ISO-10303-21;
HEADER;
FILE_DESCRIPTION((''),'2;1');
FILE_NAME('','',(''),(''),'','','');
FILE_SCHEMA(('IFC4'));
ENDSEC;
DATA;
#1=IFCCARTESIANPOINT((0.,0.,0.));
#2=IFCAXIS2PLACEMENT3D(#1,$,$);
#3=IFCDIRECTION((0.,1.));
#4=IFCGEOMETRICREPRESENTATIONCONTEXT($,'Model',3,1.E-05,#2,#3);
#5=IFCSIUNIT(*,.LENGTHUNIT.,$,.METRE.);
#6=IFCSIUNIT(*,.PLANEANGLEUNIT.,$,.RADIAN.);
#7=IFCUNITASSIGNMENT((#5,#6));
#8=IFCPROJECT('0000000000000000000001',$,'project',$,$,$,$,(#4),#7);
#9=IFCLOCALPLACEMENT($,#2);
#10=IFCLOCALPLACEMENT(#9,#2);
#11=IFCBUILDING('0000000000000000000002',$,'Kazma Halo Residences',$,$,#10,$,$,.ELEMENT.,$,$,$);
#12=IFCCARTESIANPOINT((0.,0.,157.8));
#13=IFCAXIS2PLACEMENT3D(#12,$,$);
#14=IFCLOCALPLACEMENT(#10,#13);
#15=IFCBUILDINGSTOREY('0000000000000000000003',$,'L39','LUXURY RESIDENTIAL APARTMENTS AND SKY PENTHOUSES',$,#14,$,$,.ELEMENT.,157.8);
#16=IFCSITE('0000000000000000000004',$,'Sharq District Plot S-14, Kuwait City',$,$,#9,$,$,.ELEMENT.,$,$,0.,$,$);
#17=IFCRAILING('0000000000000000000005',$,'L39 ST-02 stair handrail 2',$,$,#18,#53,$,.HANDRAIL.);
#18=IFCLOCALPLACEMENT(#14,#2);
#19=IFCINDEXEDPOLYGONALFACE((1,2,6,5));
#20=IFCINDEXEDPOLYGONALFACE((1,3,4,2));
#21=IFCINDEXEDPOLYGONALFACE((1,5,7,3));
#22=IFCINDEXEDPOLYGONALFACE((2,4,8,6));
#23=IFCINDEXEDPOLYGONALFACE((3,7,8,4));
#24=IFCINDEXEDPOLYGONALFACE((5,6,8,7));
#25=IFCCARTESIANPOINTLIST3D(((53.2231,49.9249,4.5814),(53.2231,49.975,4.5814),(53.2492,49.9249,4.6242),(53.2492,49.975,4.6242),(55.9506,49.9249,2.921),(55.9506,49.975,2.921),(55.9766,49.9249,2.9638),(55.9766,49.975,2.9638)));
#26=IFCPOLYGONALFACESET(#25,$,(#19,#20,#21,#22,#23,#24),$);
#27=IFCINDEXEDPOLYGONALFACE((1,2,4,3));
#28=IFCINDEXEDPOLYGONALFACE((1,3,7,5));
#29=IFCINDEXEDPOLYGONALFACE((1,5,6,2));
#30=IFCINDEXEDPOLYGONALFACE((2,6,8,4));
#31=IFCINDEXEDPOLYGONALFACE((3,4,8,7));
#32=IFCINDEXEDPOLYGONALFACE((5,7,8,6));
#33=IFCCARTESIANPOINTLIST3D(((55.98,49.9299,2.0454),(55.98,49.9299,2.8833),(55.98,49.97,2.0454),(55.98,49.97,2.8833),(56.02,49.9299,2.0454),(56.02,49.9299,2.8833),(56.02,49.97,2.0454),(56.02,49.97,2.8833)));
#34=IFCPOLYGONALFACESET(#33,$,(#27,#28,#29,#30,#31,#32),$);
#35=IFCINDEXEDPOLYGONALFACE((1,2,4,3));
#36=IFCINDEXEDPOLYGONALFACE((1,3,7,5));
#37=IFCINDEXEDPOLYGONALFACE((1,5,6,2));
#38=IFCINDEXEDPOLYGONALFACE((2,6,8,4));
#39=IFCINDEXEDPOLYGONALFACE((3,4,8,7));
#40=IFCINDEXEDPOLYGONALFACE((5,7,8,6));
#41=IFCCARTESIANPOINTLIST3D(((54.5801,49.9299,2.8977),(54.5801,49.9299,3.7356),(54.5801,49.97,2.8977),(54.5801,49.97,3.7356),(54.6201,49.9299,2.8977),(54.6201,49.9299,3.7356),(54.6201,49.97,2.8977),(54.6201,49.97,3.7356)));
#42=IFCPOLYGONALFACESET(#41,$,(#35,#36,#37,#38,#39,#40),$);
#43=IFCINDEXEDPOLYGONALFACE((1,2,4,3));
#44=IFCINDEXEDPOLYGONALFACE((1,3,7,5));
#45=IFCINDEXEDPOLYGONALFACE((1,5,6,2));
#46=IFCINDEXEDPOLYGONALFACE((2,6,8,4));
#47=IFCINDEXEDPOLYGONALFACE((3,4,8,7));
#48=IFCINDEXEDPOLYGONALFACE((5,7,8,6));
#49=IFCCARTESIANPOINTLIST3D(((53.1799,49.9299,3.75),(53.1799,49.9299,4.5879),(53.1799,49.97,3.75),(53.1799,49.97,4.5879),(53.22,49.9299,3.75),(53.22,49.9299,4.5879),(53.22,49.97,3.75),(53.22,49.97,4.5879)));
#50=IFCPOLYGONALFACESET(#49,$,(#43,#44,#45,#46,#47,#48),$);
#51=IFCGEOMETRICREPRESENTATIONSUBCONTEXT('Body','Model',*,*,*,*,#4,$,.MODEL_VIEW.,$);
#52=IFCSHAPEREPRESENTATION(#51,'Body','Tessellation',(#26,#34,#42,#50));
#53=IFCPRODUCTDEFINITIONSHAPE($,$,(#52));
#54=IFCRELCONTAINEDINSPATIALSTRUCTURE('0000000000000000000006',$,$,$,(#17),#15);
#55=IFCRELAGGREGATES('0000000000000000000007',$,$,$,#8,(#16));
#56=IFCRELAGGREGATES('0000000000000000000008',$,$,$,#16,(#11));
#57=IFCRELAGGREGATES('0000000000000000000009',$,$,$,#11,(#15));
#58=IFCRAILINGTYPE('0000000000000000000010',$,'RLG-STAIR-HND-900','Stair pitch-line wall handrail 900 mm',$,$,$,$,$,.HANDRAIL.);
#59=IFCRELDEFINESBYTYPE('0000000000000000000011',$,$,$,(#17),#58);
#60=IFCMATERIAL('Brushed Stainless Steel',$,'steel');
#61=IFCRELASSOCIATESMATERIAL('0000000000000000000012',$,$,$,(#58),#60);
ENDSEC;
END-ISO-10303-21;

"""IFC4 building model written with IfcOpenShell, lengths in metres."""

from ifc_helpers import new_model, si_unit, direction, frame, origin, origin_2d, place, context, subcontext, project, spatial, rectangle, extrude, material, type_object, element, save


model = new_model("IFC4")

# Units and contexts
model_context = context("Model", 3, precision=1e-05, world=origin(), true_north=direction((0.0, 1.0)))
body_context = subcontext(model_context, "Body", "Model", "MODEL_VIEW")
ifc_project = project(units=[si_unit("LENGTHUNIT", "METRE"), si_unit("PLANEANGLEUNIT", "RADIAN")], contexts=[model_context])

# Site, building, storey
site_placement = place(None, origin())
site = spatial("IfcSite", under=ifc_project, at=site_placement, Name="Sharq District Plot S-14, Kuwait City", CompositionType="ELEMENT", RefElevation=0.0)
building_placement = place(site_placement, origin())
building = spatial("IfcBuilding", under=site, at=building_placement, Name="Kazma Halo Residences", CompositionType="ELEMENT")
storey_placement = place(building_placement, frame((0.0, 0.0, 157.8)))
storey = spatial("IfcBuildingStorey", under=building, at=storey_placement, Name="L39", Description="LUXURY RESIDENTIAL APARTMENTS AND SKY PENTHOUSES", CompositionType="ELEMENT", Elevation=157.8)

# Railing
ifc_material_1 = material(Name="Brushed Stainless Steel", Category="steel")
railing_type_1 = type_object("IfcRailingType", Name="RLG-STAIR-HND-900", Description="Stair pitch-line wall handrail 900 mm", PredefinedType="HANDRAIL", material=ifc_material_1)
railing_1_placement = place(storey_placement, frame((56.0, 49.95, 2.0454)))
element("IfcRailing", 1, at=railing_1_placement, inside=storey, type_object=railing_type_1, Name="L39 ST-02 stair handrail 2", PredefinedType="HANDRAIL", context=body_context, shape_type="SweptSolid", body=[
    extrude(rectangle(XDim=0.05, YDim=0.05, at=origin_2d()), frame((-0.0364, 0.0, 0.897), z_axis=(-0.85417, 0.0, 0.519994), x_axis=(0.0, -1.0, 0.0)), (0.0, 0.0, 1.0), 3.1931),
    extrude(rectangle(XDim=0.04, YDim=0.04, at=origin_2d()), origin(), (0.0, 0.0, 1.0), 0.8379),
    extrude(rectangle(XDim=0.04, YDim=0.04, at=origin_2d()), frame((-1.3999, 0.0, 0.8523)), (0.0, 0.0, 1.0), 0.8379),
    extrude(rectangle(XDim=0.04, YDim=0.04, at=origin_2d()), frame((-2.8, 0.0, 1.7046)), (0.0, 0.0, 1.0), 0.8379),
])

save(model, "model.ifc")
